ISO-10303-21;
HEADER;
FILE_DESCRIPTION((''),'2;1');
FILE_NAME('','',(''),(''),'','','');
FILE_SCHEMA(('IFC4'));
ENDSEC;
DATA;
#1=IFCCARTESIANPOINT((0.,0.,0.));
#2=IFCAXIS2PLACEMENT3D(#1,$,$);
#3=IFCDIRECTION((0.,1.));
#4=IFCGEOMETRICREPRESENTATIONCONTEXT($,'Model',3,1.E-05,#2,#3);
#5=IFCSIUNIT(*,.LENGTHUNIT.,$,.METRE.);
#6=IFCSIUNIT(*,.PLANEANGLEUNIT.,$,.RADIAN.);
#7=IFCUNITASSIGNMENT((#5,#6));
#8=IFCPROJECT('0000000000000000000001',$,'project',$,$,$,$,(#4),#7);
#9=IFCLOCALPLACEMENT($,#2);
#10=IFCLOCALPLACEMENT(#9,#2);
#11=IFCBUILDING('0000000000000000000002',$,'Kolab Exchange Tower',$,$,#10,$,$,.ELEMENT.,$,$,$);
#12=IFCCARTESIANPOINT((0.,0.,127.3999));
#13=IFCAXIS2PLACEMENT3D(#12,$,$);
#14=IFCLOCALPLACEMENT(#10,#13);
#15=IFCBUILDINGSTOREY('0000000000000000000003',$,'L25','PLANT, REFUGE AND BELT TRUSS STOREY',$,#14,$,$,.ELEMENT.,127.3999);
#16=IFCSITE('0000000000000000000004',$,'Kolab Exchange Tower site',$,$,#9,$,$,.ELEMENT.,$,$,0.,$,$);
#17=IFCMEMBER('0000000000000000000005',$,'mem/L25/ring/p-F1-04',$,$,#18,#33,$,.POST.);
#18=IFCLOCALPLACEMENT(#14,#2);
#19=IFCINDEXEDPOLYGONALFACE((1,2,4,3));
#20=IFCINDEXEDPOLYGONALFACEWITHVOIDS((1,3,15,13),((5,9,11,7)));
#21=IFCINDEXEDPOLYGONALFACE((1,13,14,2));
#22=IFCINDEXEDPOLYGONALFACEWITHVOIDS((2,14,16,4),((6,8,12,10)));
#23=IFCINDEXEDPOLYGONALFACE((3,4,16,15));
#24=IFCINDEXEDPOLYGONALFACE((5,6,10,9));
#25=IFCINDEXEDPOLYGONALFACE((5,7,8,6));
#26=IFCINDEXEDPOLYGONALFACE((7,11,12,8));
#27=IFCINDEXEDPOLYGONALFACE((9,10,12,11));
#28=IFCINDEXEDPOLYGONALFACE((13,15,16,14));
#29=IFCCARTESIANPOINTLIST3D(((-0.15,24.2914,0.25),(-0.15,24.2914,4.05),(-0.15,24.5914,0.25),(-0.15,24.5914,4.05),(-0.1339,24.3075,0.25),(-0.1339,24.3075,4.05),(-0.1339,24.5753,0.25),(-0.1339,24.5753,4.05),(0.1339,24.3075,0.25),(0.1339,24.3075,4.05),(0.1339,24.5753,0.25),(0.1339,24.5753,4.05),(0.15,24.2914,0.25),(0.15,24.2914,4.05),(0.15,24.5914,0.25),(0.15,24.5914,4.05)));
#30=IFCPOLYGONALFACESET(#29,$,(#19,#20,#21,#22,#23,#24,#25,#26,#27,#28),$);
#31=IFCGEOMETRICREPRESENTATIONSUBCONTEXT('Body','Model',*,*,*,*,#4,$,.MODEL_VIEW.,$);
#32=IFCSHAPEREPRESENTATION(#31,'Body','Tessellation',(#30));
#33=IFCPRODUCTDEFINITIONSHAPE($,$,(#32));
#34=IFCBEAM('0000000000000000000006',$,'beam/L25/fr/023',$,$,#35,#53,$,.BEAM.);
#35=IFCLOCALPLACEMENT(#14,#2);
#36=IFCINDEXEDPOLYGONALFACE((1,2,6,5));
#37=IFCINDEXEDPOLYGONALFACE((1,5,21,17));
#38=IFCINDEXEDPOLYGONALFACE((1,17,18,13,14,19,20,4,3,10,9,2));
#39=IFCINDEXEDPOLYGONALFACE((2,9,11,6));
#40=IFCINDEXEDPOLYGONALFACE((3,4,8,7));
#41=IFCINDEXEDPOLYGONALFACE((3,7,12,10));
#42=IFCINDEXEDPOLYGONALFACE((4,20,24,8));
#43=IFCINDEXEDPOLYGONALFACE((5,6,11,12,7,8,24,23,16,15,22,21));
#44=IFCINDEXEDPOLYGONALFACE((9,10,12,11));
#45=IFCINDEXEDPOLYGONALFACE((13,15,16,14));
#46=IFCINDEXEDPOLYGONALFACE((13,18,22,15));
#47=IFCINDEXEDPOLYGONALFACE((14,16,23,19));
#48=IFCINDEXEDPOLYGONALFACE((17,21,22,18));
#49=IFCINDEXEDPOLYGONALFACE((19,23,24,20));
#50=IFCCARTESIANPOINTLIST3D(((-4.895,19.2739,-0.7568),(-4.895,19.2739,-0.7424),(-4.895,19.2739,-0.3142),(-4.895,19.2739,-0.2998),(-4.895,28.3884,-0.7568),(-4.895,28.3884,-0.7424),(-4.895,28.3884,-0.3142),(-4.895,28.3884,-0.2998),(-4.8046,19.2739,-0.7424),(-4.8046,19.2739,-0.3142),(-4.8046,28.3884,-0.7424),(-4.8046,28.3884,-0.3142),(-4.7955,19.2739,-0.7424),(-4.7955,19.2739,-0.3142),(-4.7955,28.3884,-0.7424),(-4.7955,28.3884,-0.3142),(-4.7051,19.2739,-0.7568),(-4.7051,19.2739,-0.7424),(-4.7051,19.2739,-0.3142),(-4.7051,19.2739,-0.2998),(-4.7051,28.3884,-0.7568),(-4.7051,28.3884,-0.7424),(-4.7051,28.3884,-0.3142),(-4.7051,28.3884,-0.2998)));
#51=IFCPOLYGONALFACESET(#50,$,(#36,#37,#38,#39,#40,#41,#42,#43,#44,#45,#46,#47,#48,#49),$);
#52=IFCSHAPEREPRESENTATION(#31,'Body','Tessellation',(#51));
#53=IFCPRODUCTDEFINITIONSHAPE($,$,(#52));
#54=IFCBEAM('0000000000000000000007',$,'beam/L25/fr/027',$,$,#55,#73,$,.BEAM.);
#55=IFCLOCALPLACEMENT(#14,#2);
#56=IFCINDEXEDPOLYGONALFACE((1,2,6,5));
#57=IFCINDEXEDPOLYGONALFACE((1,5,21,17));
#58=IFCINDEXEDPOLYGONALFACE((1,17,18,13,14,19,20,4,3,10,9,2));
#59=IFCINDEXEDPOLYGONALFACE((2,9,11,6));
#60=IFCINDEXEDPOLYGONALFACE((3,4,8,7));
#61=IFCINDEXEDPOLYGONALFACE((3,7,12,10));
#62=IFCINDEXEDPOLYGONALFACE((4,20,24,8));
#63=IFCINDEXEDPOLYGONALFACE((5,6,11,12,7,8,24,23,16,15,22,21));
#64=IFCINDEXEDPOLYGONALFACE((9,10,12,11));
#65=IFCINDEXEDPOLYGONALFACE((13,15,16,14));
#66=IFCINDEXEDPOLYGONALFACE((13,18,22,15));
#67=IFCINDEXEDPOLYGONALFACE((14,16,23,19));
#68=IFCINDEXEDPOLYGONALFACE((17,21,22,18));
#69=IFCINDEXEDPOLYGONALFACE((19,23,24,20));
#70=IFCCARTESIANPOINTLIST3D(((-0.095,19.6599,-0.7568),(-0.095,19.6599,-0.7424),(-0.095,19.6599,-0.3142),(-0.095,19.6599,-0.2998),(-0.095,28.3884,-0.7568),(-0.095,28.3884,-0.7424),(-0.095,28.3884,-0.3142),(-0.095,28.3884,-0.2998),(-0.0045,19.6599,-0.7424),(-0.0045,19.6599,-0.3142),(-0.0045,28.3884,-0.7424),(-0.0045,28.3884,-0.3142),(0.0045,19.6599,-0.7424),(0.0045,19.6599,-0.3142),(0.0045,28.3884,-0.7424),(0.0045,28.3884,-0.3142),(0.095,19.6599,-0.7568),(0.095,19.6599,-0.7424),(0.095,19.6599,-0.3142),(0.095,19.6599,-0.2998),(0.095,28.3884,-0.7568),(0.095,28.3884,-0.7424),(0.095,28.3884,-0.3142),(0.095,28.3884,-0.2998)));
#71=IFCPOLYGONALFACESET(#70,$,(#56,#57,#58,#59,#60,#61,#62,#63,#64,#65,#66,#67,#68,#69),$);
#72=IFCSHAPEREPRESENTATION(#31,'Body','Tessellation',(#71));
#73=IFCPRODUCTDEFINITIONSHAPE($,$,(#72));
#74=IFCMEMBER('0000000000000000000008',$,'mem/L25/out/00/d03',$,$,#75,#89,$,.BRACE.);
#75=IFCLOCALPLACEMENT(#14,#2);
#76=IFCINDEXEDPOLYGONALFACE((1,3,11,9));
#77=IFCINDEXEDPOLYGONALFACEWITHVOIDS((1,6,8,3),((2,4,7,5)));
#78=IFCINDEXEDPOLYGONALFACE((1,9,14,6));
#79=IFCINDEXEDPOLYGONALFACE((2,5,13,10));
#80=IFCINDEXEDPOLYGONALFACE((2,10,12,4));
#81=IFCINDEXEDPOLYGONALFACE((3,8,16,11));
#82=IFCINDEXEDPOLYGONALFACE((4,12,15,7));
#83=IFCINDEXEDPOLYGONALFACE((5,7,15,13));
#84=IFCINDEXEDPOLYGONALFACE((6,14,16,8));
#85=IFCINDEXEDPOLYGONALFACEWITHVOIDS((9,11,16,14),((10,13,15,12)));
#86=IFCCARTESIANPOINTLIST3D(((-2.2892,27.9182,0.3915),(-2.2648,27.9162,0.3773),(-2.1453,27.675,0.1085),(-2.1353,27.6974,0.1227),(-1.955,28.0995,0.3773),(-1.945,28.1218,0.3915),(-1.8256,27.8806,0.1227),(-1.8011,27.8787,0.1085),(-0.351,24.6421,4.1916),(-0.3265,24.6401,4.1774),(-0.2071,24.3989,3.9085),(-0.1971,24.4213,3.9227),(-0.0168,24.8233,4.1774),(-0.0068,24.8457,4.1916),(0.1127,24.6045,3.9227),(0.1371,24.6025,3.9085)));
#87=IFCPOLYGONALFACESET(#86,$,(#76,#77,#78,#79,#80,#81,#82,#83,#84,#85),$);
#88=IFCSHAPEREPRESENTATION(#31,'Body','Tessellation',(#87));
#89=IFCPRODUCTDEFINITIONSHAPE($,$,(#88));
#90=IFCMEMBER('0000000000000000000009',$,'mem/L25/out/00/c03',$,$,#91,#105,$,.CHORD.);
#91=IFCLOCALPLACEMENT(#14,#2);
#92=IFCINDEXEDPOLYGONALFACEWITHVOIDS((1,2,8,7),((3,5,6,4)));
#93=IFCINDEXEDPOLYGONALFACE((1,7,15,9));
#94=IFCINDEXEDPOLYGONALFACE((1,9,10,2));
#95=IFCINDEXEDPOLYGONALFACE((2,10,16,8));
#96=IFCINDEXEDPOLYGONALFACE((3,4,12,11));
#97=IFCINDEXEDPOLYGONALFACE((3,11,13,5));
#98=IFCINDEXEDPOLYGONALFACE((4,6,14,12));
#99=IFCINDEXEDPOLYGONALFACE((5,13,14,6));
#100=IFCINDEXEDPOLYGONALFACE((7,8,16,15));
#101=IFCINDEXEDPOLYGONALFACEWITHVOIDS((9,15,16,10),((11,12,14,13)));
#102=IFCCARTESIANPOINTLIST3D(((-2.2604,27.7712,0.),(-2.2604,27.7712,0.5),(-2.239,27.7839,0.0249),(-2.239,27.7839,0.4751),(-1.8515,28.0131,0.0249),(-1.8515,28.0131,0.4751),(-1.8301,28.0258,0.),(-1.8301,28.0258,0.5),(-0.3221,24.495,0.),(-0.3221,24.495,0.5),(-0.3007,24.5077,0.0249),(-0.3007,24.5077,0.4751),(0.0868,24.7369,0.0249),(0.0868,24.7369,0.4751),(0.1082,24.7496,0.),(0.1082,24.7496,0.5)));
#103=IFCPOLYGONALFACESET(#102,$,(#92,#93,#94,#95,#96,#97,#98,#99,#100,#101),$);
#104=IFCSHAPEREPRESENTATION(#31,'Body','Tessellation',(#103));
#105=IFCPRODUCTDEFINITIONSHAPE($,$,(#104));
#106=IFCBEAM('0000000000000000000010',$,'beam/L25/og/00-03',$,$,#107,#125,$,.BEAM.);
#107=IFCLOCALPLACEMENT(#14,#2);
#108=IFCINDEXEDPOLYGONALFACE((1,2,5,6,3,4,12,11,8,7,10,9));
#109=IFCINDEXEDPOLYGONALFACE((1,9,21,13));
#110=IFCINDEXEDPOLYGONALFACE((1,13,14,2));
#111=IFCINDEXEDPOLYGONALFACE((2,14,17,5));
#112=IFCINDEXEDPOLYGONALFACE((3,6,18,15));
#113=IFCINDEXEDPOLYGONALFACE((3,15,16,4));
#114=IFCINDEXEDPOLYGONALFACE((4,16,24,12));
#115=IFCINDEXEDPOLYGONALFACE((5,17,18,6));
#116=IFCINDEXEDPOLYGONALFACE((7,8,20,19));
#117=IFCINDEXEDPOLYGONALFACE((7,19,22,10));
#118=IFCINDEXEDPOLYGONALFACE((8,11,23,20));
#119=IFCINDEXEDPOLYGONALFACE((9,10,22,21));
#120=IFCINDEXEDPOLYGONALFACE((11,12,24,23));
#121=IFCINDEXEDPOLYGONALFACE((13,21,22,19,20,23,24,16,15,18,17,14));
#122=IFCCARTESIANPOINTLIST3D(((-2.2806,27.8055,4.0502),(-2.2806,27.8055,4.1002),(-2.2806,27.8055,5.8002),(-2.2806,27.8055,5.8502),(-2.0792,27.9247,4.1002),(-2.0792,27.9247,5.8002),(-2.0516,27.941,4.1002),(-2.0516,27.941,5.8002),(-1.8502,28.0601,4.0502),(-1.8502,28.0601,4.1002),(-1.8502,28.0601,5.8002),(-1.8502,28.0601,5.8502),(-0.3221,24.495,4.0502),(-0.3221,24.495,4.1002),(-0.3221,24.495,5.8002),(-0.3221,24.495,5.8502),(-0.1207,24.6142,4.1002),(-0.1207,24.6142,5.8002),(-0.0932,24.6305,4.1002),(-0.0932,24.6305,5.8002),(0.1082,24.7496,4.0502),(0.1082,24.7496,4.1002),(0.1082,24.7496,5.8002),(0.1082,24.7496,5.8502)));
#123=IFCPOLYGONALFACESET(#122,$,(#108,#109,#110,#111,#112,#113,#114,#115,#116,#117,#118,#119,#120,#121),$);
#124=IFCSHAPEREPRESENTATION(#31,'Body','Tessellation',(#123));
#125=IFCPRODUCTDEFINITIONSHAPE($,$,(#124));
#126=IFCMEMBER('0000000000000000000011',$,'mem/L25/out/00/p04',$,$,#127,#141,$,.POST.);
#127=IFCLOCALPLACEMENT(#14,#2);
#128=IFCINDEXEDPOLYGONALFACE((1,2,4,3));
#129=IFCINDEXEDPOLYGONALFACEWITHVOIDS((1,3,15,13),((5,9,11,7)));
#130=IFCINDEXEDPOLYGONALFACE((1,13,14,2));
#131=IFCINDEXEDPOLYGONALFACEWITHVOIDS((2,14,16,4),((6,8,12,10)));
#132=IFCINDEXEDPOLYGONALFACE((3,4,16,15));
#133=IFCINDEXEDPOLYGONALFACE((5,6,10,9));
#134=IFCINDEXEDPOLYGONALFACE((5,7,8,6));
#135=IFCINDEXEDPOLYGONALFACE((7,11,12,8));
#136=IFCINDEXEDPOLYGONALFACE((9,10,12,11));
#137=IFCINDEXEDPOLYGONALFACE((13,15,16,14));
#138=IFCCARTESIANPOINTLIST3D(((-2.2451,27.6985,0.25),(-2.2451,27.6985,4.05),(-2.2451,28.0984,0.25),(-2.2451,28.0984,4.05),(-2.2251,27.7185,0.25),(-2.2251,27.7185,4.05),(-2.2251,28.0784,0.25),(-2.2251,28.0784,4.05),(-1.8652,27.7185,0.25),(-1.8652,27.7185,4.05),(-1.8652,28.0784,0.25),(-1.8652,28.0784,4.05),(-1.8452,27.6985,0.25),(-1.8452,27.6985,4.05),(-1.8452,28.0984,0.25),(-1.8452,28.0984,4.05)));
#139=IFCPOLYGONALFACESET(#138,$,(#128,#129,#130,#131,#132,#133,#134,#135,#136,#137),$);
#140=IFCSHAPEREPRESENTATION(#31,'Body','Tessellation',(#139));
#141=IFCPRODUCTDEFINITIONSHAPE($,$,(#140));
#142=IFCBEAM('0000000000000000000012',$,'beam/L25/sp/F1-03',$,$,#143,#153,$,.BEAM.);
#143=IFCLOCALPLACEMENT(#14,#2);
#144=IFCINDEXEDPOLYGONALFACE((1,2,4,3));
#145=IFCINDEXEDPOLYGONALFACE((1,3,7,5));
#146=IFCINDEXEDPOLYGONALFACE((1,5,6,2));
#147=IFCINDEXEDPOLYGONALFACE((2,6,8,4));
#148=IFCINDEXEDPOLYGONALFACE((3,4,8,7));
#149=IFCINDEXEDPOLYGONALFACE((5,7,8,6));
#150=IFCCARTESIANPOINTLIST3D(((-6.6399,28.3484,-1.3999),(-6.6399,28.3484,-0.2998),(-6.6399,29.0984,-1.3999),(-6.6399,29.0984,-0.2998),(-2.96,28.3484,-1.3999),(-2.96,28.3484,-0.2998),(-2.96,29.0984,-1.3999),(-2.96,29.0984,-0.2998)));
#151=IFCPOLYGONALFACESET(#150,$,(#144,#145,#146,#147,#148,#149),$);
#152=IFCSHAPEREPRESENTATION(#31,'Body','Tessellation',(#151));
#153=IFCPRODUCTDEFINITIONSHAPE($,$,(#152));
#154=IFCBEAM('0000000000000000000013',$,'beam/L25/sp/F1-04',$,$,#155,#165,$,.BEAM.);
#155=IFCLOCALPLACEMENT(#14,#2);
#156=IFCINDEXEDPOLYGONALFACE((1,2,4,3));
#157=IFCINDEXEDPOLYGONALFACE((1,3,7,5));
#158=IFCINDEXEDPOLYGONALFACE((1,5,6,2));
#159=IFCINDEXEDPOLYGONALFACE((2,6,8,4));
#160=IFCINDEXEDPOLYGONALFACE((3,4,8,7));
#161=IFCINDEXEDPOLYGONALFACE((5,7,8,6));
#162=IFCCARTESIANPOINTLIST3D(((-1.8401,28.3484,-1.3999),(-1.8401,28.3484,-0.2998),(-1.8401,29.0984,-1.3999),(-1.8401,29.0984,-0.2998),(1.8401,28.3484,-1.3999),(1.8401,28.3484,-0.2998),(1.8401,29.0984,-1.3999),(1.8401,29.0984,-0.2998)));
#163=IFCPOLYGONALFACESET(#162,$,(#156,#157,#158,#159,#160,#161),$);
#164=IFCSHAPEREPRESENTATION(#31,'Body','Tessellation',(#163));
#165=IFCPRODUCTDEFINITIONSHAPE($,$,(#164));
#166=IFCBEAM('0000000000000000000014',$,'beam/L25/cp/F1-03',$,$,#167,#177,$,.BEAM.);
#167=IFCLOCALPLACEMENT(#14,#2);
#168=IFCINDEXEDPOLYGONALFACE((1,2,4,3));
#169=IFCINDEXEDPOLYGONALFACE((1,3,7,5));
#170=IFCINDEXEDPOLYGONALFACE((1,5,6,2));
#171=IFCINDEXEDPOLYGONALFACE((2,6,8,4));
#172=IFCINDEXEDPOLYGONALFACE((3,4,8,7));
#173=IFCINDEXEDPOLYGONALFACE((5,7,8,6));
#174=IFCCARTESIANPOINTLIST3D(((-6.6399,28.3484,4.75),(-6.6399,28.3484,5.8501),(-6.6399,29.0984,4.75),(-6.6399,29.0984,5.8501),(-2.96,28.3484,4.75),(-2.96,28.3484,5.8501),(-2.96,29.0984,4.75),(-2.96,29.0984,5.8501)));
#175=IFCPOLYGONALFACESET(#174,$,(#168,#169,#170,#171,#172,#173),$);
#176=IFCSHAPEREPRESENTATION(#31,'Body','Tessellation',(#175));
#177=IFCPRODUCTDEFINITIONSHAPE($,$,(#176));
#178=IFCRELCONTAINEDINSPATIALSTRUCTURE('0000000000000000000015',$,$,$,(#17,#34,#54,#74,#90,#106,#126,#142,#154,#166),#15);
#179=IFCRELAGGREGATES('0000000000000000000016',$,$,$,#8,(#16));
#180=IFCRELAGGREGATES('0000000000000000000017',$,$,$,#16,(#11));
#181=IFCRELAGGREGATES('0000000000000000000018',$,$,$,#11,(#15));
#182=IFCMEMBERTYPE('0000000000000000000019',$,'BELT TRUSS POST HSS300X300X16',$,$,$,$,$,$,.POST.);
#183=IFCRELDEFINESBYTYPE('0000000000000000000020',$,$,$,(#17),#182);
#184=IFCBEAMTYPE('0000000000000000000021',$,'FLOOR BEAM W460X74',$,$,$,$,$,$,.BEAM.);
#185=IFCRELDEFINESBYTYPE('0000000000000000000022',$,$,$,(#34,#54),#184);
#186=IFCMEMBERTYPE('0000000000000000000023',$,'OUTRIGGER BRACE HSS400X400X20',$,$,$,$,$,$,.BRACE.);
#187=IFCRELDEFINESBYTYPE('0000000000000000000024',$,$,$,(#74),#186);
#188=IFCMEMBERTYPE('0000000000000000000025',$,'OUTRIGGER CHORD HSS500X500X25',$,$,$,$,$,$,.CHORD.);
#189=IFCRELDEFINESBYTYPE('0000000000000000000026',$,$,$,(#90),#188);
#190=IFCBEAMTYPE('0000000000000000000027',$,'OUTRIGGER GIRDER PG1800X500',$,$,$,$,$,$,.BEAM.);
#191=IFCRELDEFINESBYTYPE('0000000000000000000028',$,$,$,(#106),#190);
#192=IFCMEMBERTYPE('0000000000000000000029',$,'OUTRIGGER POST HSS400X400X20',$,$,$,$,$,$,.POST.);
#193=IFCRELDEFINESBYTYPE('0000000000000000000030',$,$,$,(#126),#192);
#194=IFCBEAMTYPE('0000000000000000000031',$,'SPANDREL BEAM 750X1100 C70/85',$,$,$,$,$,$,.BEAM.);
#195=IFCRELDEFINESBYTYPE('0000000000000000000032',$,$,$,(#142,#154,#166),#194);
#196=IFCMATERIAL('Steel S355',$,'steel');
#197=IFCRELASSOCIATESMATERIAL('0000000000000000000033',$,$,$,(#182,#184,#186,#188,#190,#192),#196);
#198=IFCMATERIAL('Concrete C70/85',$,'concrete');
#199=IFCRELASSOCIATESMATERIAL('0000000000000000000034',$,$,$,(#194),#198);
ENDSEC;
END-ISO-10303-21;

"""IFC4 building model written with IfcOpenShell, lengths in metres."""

from ifc_helpers import new_model, si_unit, direction, frame, origin, origin_2d, place, context, subcontext, project, spatial, rectangle, hollow_rectangle, i_section, extrude, material, material_profile, profile_set, type_object, element, save


model = new_model("IFC4")

# Units and contexts
model_context = context("Model", 3, precision=1e-05, world=origin(), true_north=direction((0.0, 1.0)))
body_context = subcontext(model_context, "Body", "Model", "MODEL_VIEW")
ifc_project = project(units=[si_unit("LENGTHUNIT", "METRE"), si_unit("PLANEANGLEUNIT", "RADIAN")], contexts=[model_context])

# Site, building, storey
site_placement = place(None, origin())
site = spatial("IfcSite", under=ifc_project, at=site_placement, Name="Kolab Exchange Tower site", CompositionType="ELEMENT", RefElevation=0.0)
building_placement = place(site_placement, origin())
building = spatial("IfcBuilding", under=site, at=building_placement, Name="Kolab Exchange Tower", CompositionType="ELEMENT")
storey_placement = place(building_placement, frame((0.0, 0.0, 127.3999)))
storey = spatial("IfcBuildingStorey", under=building, at=storey_placement, Name="L25", Description="PLANT, REFUGE AND BELT TRUSS STOREY", CompositionType="ELEMENT", Elevation=127.3999)

# Shared definitions
ifc_material_1 = material(Name="Concrete C70/85", Category="concrete")

# Shared definitions
ifc_material_2 = material(Name="Steel S355", Category="steel")

# Member
ifc_material_profile_1 = material_profile(ifc_material_2, hollow_rectangle(XDim=0.3, YDim=0.3, WallThickness=0.0161, at=origin_2d()), Name="HSS300X300X16")
ifc_profile_set_1 = profile_set([ifc_material_profile_1], Name="Steel S355")
member_type_1 = type_object("IfcMemberType", Name="BELT TRUSS POST HSS300X300X16", PredefinedType="POST", material=ifc_profile_set_1)
for number, where, z_axis, x_axis, name in (
    (1, (0.0, 24.4414, 0.25), (0.0, 0.0, 1.0), (1.0, 0.0, 0.0), "mem/L25/ring/p-F1-04"),
):
    element("IfcMember", number, at=place(storey_placement, frame(where, z_axis=z_axis, x_axis=x_axis)), inside=storey, type_object=member_type_1, Name=name, PredefinedType="POST", context=body_context, shape_type="SweptSolid", body=[
        extrude(hollow_rectangle(XDim=0.3, YDim=0.3, WallThickness=0.0161, at=origin_2d()), origin(), (0.0, 0.0, 1.0), 3.8),
    ])

# Beams
ifc_material_profile_2 = material_profile(ifc_material_2, i_section(OverallWidth=0.1899, OverallDepth=0.457, WebThickness=0.009, FlangeThickness=0.0144, at=origin_2d()), Name="W460X74")
ifc_profile_set_2 = profile_set([ifc_material_profile_2], Name="Steel S355")
beam_type_1 = type_object("IfcBeamType", Name="FLOOR BEAM W460X74", PredefinedType="BEAM", material=ifc_profile_set_2)
beam_1_placement = place(storey_placement, frame((-4.8, 19.2739, -0.5283), z_axis=(0.0, 1.0, 0.0), x_axis=(-1.0, 0.0, 0.0)))
element("IfcBeam", 2, at=beam_1_placement, inside=storey, type_object=beam_type_1, Name="beam/L25/fr/023", PredefinedType="BEAM", context=body_context, shape_type="SweptSolid", body=[
    extrude(i_section(OverallWidth=0.1899, OverallDepth=0.457, WebThickness=0.009, FlangeThickness=0.0144, at=origin_2d()), origin(), (0.0, 0.0, 1.0), 9.1145),
])
beam_2_placement = place(storey_placement, frame((0.0, 19.6599, -0.5283), z_axis=(0.0, 1.0, 0.0), x_axis=(-1.0, 0.0, 0.0)))
element("IfcBeam", 3, at=beam_2_placement, inside=storey, type_object=beam_type_1, Name="beam/L25/fr/027", PredefinedType="BEAM", context=body_context, shape_type="SweptSolid", body=[
    extrude(i_section(OverallWidth=0.1899, OverallDepth=0.457, WebThickness=0.009, FlangeThickness=0.0144, at=origin_2d()), origin(), (0.0, 0.0, 1.0), 8.7285),
])

# Members
ifc_material_profile_3 = material_profile(ifc_material_2, hollow_rectangle(XDim=0.3999, YDim=0.3999, WallThickness=0.02, at=origin_2d()), Name="HSS400X400X20")
ifc_profile_set_3 = profile_set([ifc_material_profile_3], Name="Steel S355")
member_type_2 = type_object("IfcMemberType", Name="OUTRIGGER BRACE HSS400X400X20", PredefinedType="BRACE", material=ifc_profile_set_3)
member_1_placement = place(storey_placement, frame((-0.1069, 24.6223, 4.05), z_axis=(-0.360355, 0.609095, -0.706503), x_axis=(-0.860657, -0.509185, 0.0)))
element("IfcMember", 4, at=member_1_placement, inside=storey, type_object=member_type_2, Name="mem/L25/out/00/d03", PredefinedType="BRACE", context=body_context, shape_type="SweptSolid", body=[
    extrude(hollow_rectangle(XDim=0.3999, YDim=0.3999, WallThickness=0.02, at=origin_2d()), origin(), (0.0, 0.0, 1.0), 5.3787),
])
ifc_material_profile_4 = material_profile(ifc_material_2, hollow_rectangle(XDim=0.5, YDim=0.5, WallThickness=0.0249, at=origin_2d()), Name="HSS500X500X25")
ifc_profile_set_4 = profile_set([ifc_material_profile_4], Name="Steel S355")
member_type_3 = type_object("IfcMemberType", Name="OUTRIGGER CHORD HSS500X500X25", PredefinedType="CHORD", material=ifc_profile_set_4)
member_2_placement = place(storey_placement, frame((-0.1069, 24.6223, 0.25), z_axis=(-0.509185, 0.860657, 0.0), x_axis=(-0.860657, -0.509185, 0.0)))
element("IfcMember", 5, at=member_2_placement, inside=storey, type_object=member_type_3, Name="mem/L25/out/00/c03", PredefinedType="CHORD", context=body_context, shape_type="SweptSolid", body=[
    extrude(hollow_rectangle(XDim=0.5, YDim=0.5, WallThickness=0.0249, at=origin_2d()), origin(), (0.0, 0.0, 1.0), 3.8066),
])

# Beam
ifc_material_profile_5 = material_profile(ifc_material_2, i_section(OverallWidth=0.5, OverallDepth=1.8, WebThickness=0.032, FlangeThickness=0.05, at=origin_2d()), Name="PG1800X500")
ifc_profile_set_5 = profile_set([ifc_material_profile_5], Name="Steel S355")
beam_type_2 = type_object("IfcBeamType", Name="OUTRIGGER GIRDER PG1800X500", PredefinedType="BEAM", material=ifc_profile_set_5)
beam_3_placement = place(storey_placement, frame((-0.1069, 24.6223, 4.9502), z_axis=(-0.509165, 0.860669, 0.0), x_axis=(-0.860669, -0.509165, 0.0)))
element("IfcBeam", 6, at=beam_3_placement, inside=storey, type_object=beam_type_2, Name="beam/L25/og/00-03", PredefinedType="BEAM", context=body_context, shape_type="SweptSolid", body=[
    extrude(i_section(OverallWidth=0.5, OverallDepth=1.8, WebThickness=0.032, FlangeThickness=0.05, at=origin_2d()), origin(), (0.0, 0.0, 1.0), 3.8464),
])

# Member
ifc_material_profile_6 = material_profile(ifc_material_2, hollow_rectangle(XDim=0.3999, YDim=0.3999, WallThickness=0.02, at=origin_2d()), Name="HSS400X400X20")
ifc_profile_set_6 = profile_set([ifc_material_profile_6], Name="Steel S355")
member_type_4 = type_object("IfcMemberType", Name="OUTRIGGER POST HSS400X400X20", PredefinedType="POST", material=ifc_profile_set_6)
member_3_placement = place(storey_placement, frame((-2.0452, 27.8984, 0.25), z_axis=(0.0, 0.0, 1.0), x_axis=(1.0, 0.0, 0.0)))
element("IfcMember", 7, at=member_3_placement, inside=storey, type_object=member_type_4, Name="mem/L25/out/00/p04", PredefinedType="POST", context=body_context, shape_type="SweptSolid", body=[
    extrude(hollow_rectangle(XDim=0.3999, YDim=0.3999, WallThickness=0.02, at=origin_2d()), origin(), (0.0, 0.0, 1.0), 3.8),
])

# Beams
ifc_material_profile_7 = material_profile(ifc_material_1, rectangle(XDim=0.75, YDim=1.1001, at=origin_2d()), Name="RC750X1100")
ifc_profile_set_7 = profile_set([ifc_material_profile_7], Name="Concrete C70/85")
beam_type_3 = type_object("IfcBeamType", Name="SPANDREL BEAM 750X1100 C70/85", PredefinedType="BEAM", material=ifc_profile_set_7)
beam_4_placement = place(storey_placement, frame((-6.6399, 28.7234, -0.8499), z_axis=(1.0, 0.0, 0.0), x_axis=(0.0, 1.0, 0.0)))
element("IfcBeam", 8, at=beam_4_placement, inside=storey, type_object=beam_type_3, Name="beam/L25/sp/F1-03", PredefinedType="BEAM", context=body_context, shape_type="SweptSolid", body=[
    extrude(rectangle(XDim=0.75, YDim=1.1001, at=origin_2d()), origin(), (0.0, 0.0, 1.0), 3.6799),
])
beam_5_placement = place(storey_placement, frame((-1.8401, 28.7234, -0.8499), z_axis=(1.0, 0.0, 0.0), x_axis=(0.0, 1.0, 0.0)))
element("IfcBeam", 9, at=beam_5_placement, inside=storey, type_object=beam_type_3, Name="beam/L25/sp/F1-04", PredefinedType="BEAM", context=body_context, shape_type="SweptSolid", body=[
    extrude(rectangle(XDim=0.75, YDim=1.1001, at=origin_2d()), origin(), (0.0, 0.0, 1.0), 3.6802),
])
beam_6_placement = place(storey_placement, frame((-6.6399, 28.7234, 5.3), z_axis=(1.0, 0.0, 0.0), x_axis=(0.0, 1.0, 0.0)))
element("IfcBeam", 10, at=beam_6_placement, inside=storey, type_object=beam_type_3, Name="beam/L25/cp/F1-03", PredefinedType="BEAM", context=body_context, shape_type="SweptSolid", body=[
    extrude(rectangle(XDim=0.75, YDim=1.1001, at=origin_2d()), origin(), (0.0, 0.0, 1.0), 3.6799),
])

save(model, "model.ifc")
